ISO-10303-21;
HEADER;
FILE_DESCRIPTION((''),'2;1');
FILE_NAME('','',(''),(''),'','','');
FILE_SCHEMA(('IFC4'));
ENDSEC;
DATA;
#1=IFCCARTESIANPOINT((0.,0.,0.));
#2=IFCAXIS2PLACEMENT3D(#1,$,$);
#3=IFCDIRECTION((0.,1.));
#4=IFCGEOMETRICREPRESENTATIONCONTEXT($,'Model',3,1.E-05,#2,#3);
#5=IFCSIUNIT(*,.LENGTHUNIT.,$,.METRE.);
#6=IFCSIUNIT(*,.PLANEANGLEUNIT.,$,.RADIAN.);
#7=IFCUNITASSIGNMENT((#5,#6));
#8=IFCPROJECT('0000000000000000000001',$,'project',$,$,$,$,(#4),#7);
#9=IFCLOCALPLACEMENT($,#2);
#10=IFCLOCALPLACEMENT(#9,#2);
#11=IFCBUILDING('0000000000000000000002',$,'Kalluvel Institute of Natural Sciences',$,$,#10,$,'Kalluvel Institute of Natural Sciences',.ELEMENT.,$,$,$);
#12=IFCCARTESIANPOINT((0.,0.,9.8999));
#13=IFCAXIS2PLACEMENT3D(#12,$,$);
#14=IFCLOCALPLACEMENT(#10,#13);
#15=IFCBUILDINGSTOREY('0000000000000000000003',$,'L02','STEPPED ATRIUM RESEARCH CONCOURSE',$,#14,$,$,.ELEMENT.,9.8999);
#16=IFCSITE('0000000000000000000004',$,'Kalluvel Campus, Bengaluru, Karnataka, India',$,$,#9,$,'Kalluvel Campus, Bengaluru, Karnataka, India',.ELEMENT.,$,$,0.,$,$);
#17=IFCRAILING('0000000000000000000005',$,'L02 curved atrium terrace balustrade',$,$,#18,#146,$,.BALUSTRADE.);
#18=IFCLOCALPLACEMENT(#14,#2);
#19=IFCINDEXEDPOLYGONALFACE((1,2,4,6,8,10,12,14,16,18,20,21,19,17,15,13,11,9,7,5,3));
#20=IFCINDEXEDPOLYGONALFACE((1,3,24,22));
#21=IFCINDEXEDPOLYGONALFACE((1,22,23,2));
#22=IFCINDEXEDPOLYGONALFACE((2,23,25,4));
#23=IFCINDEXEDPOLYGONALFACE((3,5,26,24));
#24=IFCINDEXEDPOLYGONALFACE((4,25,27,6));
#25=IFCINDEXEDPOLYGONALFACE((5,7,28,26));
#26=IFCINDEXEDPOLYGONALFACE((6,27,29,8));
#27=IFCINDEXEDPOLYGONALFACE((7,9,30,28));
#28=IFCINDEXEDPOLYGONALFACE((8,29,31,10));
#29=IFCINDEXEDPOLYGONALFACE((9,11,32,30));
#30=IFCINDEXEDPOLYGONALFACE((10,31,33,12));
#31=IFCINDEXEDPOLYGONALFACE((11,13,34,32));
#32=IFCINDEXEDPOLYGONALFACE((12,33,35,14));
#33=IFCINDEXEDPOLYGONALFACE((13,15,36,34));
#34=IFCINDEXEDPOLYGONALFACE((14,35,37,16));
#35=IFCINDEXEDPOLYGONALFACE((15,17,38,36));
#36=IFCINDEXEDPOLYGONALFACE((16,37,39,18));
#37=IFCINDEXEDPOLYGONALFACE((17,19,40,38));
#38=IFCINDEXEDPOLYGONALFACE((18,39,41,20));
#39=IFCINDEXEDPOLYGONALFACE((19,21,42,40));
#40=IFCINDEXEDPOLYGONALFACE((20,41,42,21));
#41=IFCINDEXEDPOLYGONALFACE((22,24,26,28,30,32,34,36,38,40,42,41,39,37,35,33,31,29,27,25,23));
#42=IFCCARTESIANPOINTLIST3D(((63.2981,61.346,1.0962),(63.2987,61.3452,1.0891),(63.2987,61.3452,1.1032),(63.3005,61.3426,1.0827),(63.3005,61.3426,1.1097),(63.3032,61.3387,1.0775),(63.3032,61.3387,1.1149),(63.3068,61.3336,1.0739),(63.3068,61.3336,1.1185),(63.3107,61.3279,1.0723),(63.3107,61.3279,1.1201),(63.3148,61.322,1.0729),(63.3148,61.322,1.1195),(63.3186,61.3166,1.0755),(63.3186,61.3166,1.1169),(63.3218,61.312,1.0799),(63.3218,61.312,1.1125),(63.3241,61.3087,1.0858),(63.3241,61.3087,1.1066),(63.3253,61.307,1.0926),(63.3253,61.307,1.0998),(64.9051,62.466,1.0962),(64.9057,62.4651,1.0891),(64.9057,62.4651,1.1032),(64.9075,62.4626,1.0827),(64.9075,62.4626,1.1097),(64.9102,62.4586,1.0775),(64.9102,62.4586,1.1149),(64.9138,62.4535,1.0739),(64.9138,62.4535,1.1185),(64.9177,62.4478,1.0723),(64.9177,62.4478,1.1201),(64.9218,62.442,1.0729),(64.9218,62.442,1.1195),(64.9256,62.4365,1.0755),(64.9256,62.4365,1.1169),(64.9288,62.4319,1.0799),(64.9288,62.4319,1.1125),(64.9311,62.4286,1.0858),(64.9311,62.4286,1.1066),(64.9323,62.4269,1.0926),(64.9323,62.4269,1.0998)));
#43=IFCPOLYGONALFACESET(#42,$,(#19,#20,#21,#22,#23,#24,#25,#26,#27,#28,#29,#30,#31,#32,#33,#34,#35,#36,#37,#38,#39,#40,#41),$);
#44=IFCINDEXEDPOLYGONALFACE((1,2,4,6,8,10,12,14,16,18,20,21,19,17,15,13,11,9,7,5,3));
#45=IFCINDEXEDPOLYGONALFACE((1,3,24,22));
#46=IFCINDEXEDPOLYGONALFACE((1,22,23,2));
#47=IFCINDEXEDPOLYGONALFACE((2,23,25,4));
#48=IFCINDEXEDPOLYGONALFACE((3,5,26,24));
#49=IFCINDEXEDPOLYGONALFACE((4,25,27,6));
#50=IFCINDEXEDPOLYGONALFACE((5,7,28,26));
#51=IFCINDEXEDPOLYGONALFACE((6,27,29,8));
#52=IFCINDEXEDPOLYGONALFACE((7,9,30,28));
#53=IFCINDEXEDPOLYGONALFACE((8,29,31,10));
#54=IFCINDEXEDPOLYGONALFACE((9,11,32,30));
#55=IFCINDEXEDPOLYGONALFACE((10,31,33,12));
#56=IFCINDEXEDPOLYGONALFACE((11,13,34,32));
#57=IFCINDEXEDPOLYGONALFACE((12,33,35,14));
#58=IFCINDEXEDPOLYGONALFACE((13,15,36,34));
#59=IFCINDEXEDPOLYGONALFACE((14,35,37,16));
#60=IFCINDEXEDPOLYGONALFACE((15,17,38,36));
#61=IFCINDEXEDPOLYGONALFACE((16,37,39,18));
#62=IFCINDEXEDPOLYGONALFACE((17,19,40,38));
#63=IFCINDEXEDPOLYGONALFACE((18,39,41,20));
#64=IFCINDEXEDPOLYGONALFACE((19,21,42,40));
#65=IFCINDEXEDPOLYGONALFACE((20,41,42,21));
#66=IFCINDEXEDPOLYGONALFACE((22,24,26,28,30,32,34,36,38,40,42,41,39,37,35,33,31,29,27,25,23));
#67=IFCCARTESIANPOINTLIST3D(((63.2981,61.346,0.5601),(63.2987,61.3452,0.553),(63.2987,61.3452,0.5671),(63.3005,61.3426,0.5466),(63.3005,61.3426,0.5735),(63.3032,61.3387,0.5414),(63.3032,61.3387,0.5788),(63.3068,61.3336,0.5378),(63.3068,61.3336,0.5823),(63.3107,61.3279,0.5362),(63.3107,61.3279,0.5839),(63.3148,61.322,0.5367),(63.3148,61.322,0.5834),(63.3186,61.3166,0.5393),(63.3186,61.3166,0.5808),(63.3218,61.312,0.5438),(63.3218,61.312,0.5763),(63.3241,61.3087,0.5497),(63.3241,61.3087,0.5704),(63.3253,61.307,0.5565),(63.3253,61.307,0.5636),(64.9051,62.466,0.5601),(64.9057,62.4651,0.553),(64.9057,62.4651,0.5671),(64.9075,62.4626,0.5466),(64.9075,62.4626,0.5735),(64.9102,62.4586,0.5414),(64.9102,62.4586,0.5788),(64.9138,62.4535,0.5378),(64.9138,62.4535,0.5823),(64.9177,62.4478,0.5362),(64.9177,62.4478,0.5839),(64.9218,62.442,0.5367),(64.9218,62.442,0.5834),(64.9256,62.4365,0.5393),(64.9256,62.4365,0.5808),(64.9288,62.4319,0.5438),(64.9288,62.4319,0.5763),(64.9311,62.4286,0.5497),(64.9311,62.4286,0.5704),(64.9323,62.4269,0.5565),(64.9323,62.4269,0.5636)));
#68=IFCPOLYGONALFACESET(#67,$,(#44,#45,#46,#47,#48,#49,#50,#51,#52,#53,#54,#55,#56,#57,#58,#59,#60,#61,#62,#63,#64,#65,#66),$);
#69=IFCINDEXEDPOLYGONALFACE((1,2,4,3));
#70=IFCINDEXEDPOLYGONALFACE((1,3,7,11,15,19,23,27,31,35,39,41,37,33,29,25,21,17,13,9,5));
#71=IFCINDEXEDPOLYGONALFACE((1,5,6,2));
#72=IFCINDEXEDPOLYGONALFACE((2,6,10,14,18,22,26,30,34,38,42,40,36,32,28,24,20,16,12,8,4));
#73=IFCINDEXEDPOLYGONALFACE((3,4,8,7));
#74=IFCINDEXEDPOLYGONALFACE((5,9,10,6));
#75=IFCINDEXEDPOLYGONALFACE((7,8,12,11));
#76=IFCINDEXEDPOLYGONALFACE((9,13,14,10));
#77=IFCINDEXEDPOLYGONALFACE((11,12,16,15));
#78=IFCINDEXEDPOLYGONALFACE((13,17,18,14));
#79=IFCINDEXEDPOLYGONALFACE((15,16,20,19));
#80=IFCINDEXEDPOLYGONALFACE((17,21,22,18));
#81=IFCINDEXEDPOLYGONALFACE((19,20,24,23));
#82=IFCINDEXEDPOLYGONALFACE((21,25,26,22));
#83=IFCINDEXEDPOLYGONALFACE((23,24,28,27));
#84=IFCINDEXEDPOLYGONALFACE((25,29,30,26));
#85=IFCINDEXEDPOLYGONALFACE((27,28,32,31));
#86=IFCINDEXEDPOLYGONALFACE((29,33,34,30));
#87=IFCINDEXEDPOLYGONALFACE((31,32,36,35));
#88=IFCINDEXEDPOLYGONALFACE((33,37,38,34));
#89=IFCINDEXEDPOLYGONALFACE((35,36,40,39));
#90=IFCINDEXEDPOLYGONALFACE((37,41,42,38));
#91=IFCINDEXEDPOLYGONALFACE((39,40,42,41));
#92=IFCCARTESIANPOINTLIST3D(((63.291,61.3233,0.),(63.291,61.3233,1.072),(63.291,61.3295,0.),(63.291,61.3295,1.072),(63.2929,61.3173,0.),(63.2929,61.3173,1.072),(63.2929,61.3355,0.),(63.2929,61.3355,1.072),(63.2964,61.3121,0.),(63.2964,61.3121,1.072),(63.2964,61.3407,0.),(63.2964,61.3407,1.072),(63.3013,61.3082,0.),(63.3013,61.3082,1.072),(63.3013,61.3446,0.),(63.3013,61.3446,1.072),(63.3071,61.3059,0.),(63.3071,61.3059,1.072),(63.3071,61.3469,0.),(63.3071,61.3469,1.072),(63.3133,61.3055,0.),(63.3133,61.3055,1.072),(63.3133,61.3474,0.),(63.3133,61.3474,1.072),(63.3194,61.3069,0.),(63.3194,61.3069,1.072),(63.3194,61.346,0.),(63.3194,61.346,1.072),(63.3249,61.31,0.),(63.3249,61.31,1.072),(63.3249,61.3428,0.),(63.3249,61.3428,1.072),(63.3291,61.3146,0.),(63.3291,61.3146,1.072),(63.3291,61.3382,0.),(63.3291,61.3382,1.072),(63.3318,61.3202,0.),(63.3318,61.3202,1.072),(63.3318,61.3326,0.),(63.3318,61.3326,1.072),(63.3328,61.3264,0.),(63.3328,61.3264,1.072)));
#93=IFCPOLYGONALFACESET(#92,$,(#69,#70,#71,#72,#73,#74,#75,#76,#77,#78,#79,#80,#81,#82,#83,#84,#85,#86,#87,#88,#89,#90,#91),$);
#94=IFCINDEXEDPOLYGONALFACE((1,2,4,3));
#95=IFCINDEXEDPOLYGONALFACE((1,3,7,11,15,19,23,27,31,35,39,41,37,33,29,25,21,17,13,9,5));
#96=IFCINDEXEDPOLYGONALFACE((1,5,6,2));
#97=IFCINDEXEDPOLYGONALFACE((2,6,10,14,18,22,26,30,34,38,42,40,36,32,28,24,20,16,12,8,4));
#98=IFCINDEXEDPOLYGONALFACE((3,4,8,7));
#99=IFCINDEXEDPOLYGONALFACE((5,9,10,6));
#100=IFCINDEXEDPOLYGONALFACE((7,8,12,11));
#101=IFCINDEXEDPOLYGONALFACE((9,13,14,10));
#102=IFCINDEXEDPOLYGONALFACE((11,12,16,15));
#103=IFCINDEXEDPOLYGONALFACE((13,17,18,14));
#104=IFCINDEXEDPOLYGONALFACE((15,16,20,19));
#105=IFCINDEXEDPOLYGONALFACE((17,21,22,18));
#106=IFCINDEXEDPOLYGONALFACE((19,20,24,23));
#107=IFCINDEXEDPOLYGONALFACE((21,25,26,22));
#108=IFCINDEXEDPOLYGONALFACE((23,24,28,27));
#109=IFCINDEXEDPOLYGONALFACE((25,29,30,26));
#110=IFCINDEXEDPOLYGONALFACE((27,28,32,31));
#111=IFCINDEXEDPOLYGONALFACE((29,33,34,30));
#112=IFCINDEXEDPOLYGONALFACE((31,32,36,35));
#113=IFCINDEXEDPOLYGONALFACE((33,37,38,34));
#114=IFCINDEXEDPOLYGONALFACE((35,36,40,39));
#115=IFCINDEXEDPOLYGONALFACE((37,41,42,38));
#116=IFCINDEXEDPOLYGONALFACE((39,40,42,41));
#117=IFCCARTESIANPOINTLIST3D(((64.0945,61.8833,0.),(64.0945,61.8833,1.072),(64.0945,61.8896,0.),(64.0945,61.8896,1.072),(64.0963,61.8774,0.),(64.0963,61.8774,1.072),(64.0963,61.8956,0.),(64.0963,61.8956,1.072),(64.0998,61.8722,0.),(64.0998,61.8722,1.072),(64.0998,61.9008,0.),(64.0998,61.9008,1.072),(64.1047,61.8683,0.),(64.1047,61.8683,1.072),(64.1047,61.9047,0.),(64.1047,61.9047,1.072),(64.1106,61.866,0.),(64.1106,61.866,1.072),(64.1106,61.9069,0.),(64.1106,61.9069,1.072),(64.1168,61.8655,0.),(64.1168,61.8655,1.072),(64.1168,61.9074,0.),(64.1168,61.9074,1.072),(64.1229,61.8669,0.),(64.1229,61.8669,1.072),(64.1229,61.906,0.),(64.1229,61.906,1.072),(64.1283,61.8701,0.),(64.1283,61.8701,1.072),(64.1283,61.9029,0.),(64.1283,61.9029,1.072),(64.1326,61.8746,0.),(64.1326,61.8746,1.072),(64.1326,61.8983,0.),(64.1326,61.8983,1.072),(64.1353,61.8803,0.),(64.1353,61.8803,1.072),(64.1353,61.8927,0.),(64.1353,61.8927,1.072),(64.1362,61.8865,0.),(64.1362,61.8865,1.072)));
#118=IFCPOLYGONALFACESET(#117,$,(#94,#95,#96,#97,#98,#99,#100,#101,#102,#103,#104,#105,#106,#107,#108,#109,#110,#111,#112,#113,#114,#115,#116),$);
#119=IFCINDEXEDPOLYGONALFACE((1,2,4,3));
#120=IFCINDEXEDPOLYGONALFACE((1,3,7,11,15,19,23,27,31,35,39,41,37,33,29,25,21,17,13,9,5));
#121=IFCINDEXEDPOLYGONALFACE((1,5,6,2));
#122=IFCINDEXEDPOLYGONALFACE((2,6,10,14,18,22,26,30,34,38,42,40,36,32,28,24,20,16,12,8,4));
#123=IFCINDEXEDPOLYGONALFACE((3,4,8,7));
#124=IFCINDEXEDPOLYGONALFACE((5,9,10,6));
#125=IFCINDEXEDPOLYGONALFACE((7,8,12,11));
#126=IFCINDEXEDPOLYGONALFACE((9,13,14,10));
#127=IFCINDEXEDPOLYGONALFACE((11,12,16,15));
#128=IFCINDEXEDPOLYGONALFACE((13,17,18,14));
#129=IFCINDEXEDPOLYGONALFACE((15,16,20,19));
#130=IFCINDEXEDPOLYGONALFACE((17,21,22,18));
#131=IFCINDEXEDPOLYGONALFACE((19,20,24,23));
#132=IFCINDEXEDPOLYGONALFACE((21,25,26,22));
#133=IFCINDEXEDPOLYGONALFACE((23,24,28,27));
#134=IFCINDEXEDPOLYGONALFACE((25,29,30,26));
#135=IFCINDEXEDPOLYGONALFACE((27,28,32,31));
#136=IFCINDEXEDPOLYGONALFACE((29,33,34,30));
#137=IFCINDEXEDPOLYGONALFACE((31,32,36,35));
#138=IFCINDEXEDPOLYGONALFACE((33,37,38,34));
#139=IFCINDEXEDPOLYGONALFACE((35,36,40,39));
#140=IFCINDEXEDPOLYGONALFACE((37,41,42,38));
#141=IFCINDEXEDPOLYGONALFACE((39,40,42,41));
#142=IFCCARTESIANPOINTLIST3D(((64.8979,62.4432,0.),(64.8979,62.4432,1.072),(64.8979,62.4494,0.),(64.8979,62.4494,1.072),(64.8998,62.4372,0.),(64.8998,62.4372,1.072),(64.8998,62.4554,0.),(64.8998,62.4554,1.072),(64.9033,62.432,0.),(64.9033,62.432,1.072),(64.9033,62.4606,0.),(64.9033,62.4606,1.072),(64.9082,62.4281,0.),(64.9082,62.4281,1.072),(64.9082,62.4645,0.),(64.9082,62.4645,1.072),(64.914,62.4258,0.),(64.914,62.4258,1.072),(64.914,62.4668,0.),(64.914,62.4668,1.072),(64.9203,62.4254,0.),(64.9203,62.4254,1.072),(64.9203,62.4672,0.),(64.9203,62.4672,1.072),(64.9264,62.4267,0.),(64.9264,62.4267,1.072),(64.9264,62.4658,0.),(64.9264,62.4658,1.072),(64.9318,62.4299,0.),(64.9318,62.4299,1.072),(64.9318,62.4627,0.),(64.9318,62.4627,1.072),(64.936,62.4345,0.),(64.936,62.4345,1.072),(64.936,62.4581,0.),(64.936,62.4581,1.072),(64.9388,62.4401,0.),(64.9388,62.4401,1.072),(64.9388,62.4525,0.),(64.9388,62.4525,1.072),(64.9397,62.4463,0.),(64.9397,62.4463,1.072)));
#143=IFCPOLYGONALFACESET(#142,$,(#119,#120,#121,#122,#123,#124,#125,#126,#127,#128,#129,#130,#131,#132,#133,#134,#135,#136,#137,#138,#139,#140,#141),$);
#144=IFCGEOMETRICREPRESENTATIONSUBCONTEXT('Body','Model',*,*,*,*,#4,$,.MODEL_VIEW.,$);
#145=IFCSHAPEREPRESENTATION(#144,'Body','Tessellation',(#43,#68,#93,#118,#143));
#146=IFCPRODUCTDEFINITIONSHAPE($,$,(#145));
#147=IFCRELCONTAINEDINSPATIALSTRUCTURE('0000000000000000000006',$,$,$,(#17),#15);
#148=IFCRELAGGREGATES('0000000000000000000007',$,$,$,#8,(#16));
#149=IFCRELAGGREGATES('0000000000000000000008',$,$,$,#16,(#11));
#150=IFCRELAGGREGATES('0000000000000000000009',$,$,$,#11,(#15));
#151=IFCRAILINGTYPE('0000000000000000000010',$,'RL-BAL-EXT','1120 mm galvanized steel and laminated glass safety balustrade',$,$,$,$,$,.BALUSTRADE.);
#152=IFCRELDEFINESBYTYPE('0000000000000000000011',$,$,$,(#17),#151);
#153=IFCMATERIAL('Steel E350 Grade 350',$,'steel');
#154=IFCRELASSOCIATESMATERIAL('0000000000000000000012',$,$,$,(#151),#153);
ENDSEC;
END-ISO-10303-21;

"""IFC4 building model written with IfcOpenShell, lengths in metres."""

from ifc_helpers import new_model, si_unit, direction, frame, origin, origin_2d, place, context, subcontext, project, spatial, circle, extrude, material, type_object, element, save


model = new_model("IFC4")

# Units and contexts
model_context = context("Model", 3, precision=1e-05, world=origin(), true_north=direction((0.0, 1.0)))
body_context = subcontext(model_context, "Body", "Model", "MODEL_VIEW")
ifc_project = project(units=[si_unit("LENGTHUNIT", "METRE"), si_unit("PLANEANGLEUNIT", "RADIAN")], contexts=[model_context])

# Site, building, storey
site_placement = place(None, origin())
site = spatial("IfcSite", under=ifc_project, at=site_placement, Name="Kalluvel Campus, Bengaluru, Karnataka, India", LongName="Kalluvel Campus, Bengaluru, Karnataka, India", CompositionType="ELEMENT", RefElevation=0.0)
building_placement = place(site_placement, origin())
building = spatial("IfcBuilding", under=site, at=building_placement, Name="Kalluvel Institute of Natural Sciences", LongName="Kalluvel Institute of Natural Sciences", CompositionType="ELEMENT")
storey_placement = place(building_placement, frame((0.0, 0.0, 9.8999)))
storey = spatial("IfcBuildingStorey", under=building, at=storey_placement, Name="L02", Description="STEPPED ATRIUM RESEARCH CONCOURSE", CompositionType="ELEMENT", Elevation=9.8999)

# Railing
ifc_material_1 = material(Name="Steel E350 Grade 350", Category="steel")
railing_type = type_object("IfcRailingType", Name="RL-BAL-EXT", Description="1120 mm galvanized steel and laminated glass safety balustrade", PredefinedType="BALUSTRADE", material=ifc_material_1)
railing_1_placement = place(storey_placement, frame((63.3118, 61.3264, 0.0)))
element("IfcRailing", 1, at=railing_1_placement, inside=storey, type_object=railing_type, Name="L02 curved atrium terrace balustrade", PredefinedType="BALUSTRADE", context=body_context, shape_type="SweptSolid", body=[
    extrude(circle(Radius=0.0239, at=origin_2d()), frame((0.0, 0.0, 1.0962), z_axis=(0.820425, 0.571755, 0.0), x_axis=(-0.571755, 0.820425, 0.0)), (0.0, 0.0, 1.0), 1.9587),
    extrude(circle(Radius=0.0239, at=origin_2d()), frame((0.0, 0.0, 0.5601), z_axis=(0.820425, 0.571755, 0.0), x_axis=(-0.571755, 0.820425, 0.0)), (0.0, 0.0, 1.0), 1.9587),
    extrude(circle(Radius=0.021, at=origin_2d()), origin(), (0.0, 0.0, 1.0), 1.072),
    extrude(circle(Radius=0.021, at=origin_2d()), frame((0.8035, 0.5601, 0.0)), (0.0, 0.0, 1.0), 1.072),
    extrude(circle(Radius=0.021, at=origin_2d()), frame((1.6069, 1.1199, 0.0)), (0.0, 0.0, 1.0), 1.072),
])

save(model, "model.ifc")
